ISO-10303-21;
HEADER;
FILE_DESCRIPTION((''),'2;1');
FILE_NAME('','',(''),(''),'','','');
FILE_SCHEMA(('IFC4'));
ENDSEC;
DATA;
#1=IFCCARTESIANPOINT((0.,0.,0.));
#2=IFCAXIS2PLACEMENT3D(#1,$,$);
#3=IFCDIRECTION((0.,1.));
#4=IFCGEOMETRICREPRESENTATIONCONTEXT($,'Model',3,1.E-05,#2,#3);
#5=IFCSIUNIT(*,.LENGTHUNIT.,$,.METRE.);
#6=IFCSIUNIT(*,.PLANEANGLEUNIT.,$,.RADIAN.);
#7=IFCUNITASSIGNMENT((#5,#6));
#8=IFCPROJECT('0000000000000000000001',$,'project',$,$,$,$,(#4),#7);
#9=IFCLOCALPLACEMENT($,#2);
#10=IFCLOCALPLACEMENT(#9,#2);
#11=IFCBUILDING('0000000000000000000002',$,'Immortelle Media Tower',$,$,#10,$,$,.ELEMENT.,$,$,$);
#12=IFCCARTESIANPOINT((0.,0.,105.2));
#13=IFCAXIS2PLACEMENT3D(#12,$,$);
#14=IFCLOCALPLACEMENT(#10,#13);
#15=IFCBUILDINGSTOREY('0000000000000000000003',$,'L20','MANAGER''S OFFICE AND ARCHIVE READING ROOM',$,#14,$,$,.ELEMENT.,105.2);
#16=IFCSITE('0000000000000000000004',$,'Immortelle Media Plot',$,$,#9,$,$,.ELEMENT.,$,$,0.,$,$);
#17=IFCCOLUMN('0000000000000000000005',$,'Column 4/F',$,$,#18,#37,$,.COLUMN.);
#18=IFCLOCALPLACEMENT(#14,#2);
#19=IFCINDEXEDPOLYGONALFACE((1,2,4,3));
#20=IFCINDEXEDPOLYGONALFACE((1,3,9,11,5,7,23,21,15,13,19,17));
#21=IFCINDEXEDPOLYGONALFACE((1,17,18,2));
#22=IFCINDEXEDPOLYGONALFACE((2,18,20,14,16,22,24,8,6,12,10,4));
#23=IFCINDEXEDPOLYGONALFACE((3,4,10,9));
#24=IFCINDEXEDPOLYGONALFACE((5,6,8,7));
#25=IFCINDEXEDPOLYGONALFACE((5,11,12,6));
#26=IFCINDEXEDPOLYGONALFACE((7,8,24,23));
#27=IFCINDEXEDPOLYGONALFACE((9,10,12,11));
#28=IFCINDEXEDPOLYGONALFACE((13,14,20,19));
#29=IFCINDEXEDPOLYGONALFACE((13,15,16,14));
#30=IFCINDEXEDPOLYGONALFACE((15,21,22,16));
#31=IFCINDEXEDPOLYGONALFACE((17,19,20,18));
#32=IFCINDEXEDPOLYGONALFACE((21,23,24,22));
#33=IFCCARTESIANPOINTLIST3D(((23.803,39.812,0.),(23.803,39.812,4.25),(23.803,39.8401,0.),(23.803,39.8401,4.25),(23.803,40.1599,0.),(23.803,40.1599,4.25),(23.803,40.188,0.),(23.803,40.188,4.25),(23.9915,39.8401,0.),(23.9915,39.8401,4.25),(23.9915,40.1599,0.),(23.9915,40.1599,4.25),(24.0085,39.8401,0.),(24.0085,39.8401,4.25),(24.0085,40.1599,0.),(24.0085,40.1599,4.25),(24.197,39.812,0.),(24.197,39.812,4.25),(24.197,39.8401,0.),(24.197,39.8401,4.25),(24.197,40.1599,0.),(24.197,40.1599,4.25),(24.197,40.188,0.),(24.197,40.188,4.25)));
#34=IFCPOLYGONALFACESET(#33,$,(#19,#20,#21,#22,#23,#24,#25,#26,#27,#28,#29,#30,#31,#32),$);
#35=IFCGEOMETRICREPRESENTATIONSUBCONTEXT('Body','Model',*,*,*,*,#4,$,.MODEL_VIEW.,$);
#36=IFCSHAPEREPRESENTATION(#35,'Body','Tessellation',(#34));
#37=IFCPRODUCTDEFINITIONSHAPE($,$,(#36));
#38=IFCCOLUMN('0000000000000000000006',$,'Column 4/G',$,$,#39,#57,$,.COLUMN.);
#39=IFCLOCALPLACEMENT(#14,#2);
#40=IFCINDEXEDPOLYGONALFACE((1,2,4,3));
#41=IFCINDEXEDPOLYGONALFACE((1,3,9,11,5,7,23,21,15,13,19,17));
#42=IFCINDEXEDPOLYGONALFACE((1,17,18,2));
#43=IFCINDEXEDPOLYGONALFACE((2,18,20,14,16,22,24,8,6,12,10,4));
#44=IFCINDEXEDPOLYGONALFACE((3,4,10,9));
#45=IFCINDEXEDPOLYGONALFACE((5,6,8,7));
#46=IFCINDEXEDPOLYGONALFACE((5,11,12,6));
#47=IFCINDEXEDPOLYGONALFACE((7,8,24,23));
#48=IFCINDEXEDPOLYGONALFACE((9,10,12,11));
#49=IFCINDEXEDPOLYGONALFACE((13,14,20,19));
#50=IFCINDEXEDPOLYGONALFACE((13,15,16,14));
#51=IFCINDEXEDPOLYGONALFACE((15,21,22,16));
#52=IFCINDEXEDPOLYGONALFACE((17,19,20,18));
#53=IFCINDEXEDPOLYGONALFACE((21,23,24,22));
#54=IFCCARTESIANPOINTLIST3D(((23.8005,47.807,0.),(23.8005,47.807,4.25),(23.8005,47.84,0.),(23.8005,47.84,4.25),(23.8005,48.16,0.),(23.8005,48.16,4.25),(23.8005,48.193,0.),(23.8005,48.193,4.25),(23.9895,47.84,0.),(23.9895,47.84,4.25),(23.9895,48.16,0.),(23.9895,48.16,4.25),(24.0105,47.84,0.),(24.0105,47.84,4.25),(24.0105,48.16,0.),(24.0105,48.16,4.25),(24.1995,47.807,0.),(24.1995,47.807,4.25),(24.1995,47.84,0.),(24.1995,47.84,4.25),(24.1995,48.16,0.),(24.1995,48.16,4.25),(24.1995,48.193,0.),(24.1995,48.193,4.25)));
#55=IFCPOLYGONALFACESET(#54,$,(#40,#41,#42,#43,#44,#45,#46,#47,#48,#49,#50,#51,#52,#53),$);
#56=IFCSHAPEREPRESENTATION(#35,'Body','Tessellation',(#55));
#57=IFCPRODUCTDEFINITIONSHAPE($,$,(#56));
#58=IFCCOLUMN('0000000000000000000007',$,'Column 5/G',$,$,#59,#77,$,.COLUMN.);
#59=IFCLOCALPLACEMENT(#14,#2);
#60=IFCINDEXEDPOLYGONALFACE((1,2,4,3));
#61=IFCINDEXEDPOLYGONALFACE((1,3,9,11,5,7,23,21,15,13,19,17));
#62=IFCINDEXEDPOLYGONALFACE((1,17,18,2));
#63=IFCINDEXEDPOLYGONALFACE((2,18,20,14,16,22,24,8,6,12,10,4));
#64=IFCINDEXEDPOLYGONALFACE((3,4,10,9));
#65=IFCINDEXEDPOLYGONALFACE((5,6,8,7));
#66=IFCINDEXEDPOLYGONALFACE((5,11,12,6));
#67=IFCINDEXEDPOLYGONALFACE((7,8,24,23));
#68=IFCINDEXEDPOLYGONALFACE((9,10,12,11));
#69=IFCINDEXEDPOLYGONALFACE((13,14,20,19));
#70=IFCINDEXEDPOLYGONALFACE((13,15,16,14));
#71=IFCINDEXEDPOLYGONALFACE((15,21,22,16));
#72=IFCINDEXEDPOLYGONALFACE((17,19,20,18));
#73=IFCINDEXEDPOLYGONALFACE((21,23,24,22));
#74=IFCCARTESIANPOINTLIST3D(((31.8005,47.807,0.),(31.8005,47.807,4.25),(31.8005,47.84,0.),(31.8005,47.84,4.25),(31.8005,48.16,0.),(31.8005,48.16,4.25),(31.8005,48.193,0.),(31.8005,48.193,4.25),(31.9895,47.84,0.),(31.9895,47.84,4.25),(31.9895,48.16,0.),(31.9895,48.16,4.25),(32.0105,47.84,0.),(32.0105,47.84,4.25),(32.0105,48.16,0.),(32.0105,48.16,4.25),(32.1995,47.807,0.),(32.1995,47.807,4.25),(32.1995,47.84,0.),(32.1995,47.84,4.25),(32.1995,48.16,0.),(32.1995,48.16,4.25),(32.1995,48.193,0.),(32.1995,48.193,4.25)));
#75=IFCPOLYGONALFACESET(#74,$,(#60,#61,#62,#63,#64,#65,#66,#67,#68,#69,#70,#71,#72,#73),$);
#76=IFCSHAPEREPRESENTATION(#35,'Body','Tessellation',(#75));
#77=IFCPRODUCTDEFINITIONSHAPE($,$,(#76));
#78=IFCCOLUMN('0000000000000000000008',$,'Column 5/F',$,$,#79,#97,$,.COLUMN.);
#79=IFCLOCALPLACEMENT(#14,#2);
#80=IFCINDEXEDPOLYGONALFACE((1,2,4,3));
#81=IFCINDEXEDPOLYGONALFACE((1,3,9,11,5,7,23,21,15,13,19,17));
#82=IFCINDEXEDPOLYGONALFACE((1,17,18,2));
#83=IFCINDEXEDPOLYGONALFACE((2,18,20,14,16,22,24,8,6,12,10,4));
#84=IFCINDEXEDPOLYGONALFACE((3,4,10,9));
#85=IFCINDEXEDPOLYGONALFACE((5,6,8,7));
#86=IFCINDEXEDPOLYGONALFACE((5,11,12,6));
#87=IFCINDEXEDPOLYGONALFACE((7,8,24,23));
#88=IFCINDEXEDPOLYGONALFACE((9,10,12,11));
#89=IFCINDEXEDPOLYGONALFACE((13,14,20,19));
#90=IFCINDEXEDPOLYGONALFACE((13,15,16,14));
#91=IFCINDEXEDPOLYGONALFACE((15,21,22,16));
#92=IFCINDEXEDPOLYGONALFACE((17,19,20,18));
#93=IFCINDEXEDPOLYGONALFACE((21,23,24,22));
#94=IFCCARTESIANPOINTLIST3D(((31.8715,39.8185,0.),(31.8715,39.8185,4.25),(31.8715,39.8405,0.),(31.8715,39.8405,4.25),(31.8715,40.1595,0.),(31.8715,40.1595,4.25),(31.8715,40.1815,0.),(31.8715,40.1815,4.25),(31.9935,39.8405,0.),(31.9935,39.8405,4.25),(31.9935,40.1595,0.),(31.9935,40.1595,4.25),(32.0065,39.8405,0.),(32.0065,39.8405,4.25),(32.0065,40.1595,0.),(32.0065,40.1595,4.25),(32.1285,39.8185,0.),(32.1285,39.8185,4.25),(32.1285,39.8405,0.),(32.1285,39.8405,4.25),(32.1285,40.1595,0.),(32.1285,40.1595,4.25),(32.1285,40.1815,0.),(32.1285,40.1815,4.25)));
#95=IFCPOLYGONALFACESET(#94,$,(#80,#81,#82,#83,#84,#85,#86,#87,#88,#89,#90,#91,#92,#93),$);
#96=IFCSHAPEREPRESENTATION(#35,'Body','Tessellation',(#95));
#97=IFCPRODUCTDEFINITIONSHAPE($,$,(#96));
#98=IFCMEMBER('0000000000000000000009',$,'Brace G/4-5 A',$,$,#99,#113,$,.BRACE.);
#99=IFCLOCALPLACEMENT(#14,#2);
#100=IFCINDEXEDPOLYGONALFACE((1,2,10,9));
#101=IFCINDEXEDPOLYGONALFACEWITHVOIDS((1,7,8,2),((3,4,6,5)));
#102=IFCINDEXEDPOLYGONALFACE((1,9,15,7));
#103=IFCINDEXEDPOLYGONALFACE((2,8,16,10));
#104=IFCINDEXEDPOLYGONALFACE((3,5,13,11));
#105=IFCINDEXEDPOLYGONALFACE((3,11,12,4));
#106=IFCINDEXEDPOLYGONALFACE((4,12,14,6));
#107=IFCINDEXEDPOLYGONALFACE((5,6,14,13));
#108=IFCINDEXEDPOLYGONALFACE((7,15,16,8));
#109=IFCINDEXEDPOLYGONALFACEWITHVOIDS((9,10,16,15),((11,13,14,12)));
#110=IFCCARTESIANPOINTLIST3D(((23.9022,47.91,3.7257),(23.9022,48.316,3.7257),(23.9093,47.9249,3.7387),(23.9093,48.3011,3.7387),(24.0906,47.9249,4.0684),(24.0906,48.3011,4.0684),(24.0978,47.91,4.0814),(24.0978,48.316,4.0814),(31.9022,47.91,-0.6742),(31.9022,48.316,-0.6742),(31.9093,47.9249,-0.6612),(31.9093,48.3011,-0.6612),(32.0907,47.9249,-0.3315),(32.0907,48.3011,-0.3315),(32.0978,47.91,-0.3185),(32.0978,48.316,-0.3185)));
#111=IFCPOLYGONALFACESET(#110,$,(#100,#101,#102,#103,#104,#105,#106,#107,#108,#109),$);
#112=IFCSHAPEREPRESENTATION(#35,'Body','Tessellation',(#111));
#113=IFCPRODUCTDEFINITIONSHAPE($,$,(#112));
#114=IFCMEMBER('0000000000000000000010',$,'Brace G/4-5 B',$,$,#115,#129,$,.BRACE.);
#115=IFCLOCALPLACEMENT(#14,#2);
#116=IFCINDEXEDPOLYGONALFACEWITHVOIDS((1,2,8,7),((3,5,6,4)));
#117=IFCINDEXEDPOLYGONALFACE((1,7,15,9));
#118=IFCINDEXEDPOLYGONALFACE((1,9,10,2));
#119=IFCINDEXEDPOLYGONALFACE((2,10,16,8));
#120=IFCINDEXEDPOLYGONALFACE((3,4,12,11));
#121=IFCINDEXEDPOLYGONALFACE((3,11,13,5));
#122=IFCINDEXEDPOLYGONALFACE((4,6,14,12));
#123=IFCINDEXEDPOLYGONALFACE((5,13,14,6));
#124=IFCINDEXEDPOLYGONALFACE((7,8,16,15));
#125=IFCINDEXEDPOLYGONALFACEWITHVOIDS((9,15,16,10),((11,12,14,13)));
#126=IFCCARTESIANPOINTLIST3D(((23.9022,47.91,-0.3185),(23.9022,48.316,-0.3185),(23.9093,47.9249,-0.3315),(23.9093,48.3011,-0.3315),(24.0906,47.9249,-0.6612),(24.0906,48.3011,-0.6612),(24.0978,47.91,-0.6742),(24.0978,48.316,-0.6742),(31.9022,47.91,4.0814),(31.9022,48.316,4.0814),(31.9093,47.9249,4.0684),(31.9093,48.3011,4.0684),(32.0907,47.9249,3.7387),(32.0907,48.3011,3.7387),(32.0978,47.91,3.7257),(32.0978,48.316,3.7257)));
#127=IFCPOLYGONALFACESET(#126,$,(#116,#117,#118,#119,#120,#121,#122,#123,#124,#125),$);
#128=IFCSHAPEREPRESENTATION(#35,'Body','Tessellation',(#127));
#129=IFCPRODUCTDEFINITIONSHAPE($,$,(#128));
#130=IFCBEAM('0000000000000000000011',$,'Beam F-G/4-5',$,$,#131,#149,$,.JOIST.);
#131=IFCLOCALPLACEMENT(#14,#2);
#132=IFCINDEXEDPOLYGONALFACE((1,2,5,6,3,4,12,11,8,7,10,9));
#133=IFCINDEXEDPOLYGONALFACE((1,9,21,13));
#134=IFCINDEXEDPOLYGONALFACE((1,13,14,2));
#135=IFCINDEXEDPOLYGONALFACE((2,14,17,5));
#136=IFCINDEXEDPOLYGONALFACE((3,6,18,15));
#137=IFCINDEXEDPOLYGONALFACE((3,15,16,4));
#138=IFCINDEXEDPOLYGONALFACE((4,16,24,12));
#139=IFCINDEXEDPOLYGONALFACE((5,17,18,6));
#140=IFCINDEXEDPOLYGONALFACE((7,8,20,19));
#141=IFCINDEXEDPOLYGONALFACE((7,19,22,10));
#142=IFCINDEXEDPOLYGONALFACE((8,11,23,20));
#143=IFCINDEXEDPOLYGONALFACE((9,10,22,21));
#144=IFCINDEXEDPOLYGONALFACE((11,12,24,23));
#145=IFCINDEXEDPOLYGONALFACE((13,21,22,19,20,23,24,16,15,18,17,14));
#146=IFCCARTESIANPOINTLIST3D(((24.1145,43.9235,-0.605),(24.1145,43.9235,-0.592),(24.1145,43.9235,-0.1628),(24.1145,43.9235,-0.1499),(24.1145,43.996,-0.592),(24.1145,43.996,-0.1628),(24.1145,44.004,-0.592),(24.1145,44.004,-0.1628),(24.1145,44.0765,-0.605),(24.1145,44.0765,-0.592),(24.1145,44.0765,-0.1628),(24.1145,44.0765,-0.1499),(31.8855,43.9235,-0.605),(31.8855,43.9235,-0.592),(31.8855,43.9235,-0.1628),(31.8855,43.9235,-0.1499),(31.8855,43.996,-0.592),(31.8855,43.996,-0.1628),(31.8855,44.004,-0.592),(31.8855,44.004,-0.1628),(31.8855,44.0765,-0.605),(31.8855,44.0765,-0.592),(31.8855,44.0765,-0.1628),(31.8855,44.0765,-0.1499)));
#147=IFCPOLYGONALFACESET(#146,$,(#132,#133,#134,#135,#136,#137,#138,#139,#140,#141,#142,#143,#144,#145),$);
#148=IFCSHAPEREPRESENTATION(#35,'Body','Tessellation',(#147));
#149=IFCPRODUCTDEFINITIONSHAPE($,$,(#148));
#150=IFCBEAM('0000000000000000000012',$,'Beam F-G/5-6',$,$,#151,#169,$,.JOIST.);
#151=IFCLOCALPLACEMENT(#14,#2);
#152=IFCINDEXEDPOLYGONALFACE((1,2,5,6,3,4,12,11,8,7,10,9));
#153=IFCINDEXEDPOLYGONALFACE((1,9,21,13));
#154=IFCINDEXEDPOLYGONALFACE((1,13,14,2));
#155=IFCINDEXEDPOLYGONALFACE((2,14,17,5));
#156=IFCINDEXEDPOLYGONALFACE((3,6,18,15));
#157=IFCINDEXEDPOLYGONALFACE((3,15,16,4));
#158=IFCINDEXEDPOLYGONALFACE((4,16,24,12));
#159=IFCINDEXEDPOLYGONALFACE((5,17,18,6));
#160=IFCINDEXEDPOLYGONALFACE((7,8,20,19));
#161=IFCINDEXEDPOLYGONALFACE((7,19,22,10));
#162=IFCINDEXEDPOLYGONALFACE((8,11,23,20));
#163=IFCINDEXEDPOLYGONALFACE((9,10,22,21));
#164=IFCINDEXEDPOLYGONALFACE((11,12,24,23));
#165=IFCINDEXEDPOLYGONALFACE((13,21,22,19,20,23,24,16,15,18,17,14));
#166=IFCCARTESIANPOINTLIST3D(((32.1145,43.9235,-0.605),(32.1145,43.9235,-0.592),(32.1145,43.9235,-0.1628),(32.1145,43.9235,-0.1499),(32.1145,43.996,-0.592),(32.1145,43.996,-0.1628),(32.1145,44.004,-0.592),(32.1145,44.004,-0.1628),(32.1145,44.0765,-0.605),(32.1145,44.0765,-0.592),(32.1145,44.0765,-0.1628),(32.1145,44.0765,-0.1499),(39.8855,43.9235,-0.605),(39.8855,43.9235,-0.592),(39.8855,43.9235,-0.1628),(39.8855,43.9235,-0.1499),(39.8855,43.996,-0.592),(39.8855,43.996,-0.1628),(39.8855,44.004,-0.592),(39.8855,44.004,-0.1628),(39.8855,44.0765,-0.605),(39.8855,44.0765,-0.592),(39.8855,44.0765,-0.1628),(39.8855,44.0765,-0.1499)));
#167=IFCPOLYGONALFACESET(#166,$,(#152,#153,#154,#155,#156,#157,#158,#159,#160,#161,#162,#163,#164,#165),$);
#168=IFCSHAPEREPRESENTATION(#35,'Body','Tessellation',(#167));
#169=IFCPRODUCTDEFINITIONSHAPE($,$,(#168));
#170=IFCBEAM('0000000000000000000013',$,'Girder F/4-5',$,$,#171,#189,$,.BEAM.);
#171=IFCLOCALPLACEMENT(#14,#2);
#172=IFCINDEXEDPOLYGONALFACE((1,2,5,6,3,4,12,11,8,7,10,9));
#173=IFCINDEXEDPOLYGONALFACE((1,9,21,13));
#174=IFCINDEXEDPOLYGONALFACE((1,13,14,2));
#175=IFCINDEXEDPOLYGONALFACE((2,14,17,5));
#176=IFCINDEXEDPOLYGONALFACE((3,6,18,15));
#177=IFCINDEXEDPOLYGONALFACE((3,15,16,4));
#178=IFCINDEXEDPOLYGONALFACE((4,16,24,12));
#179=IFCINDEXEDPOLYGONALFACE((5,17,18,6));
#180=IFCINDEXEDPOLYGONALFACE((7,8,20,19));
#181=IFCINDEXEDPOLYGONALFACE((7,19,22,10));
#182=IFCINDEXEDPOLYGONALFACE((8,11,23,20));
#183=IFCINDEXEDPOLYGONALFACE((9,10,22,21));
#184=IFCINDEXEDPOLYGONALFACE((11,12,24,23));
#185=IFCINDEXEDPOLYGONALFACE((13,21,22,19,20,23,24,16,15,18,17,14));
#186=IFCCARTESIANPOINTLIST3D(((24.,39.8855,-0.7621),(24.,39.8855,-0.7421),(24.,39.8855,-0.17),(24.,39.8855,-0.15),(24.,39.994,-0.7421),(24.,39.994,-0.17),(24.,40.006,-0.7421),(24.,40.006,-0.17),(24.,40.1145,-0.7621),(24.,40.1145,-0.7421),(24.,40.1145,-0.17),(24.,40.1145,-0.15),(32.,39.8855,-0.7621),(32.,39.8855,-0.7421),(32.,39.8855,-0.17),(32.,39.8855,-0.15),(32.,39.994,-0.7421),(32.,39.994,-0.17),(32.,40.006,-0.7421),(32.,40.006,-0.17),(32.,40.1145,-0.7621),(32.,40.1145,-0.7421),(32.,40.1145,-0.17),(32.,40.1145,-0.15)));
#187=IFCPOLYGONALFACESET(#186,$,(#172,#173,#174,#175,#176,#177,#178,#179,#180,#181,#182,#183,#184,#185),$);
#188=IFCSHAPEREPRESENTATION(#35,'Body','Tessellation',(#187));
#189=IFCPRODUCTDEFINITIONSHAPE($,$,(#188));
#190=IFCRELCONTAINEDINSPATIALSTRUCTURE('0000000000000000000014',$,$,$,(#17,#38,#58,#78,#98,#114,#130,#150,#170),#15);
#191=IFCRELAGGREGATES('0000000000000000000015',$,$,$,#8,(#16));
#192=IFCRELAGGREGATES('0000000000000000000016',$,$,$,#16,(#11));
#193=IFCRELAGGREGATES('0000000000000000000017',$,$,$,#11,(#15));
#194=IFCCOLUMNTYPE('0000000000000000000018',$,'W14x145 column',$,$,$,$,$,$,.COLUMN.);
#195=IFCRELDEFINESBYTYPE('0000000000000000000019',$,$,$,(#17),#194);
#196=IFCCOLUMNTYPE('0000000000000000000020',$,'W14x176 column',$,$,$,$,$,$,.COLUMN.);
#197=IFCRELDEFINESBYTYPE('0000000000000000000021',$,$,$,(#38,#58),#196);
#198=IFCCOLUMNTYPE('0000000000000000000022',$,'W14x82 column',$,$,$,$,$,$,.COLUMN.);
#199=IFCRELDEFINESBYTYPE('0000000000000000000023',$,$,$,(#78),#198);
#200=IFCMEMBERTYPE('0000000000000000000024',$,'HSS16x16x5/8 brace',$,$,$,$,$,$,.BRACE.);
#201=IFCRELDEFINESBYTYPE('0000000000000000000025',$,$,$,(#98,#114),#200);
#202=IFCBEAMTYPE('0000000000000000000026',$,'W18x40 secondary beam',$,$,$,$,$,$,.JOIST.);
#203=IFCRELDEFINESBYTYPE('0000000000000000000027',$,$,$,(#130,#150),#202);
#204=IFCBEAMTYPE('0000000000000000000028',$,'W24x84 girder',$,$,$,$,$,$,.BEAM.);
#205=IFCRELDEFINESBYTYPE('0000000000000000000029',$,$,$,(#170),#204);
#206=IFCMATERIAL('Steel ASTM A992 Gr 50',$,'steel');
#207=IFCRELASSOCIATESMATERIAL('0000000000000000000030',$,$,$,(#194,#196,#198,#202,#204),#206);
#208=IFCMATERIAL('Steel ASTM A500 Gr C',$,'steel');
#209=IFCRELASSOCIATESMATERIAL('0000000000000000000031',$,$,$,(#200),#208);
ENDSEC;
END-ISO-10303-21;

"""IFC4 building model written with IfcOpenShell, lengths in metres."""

from ifc_helpers import new_model, si_unit, direction, frame, origin, origin_2d, place, context, subcontext, project, spatial, hollow_rectangle, i_section, extrude, material, material_profile, profile_set, type_object, element, save


model = new_model("IFC4")

# Units and contexts
model_context = context("Model", 3, precision=1e-05, world=origin(), true_north=direction((0.0, 1.0)))
body_context = subcontext(model_context, "Body", "Model", "MODEL_VIEW")
ifc_project = project(units=[si_unit("LENGTHUNIT", "METRE"), si_unit("PLANEANGLEUNIT", "RADIAN")], contexts=[model_context])

# Site, building, storey
site_placement = place(None, origin())
site = spatial("IfcSite", under=ifc_project, at=site_placement, Name="Immortelle Media Plot", CompositionType="ELEMENT", RefElevation=0.0)
building_placement = place(site_placement, origin())
building = spatial("IfcBuilding", under=site, at=building_placement, Name="Immortelle Media Tower", CompositionType="ELEMENT")
storey_placement = place(building_placement, frame((0.0, 0.0, 105.2)))
storey = spatial("IfcBuildingStorey", under=building, at=storey_placement, Name="L20", Description="MANAGER'S OFFICE AND ARCHIVE READING ROOM", CompositionType="ELEMENT", Elevation=105.2)

# Columns
ifc_material_1 = material(Name="Steel ASTM A992 Gr 50", Category="steel")
ifc_material_profile_1 = material_profile(ifc_material_1, i_section(OverallWidth=0.394, OverallDepth=0.376, WebThickness=0.0171, FlangeThickness=0.0281, at=origin_2d()), Name="W14x145")
ifc_profile_set_1 = profile_set([ifc_material_profile_1], Name="Steel ASTM A992 Gr 50")
column_type_1 = type_object("IfcColumnType", Name="W14x145 column", PredefinedType="COLUMN", material=ifc_profile_set_1)
column_1_placement = place(storey_placement, frame((24.0, 40.0, 0.0), z_axis=(0.0, 0.0, 1.0), x_axis=(1.0, 0.0, 0.0)))
element("IfcColumn", 1, at=column_1_placement, inside=storey, type_object=column_type_1, Name="Column 4/F", PredefinedType="COLUMN", context=body_context, shape_type="SweptSolid", body=[
    extrude(i_section(OverallWidth=0.394, OverallDepth=0.376, WebThickness=0.0171, FlangeThickness=0.0281, at=origin_2d()), origin(), (0.0, 0.0, 1.0), 4.25),
])
ifc_material_profile_2 = material_profile(ifc_material_1, i_section(OverallWidth=0.3989, OverallDepth=0.386, WebThickness=0.021, FlangeThickness=0.033, at=origin_2d()), Name="W14x176")
ifc_profile_set_2 = profile_set([ifc_material_profile_2], Name="Steel ASTM A992 Gr 50")
column_type_2 = type_object("IfcColumnType", Name="W14x176 column", PredefinedType="COLUMN", material=ifc_profile_set_2)
for number, where, z_axis, x_axis, name in (
    (2, (24.0, 48.0, 0.0), (0.0, 0.0, 1.0), (1.0, 0.0, 0.0), "Column 4/G"),
    (3, (32.0, 48.0, 0.0), (0.0, 0.0, 1.0), (1.0, 0.0, 0.0), "Column 5/G"),
):
    element("IfcColumn", number, at=place(storey_placement, frame(where, z_axis=z_axis, x_axis=x_axis)), inside=storey, type_object=column_type_2, Name=name, PredefinedType="COLUMN", context=body_context, shape_type="SweptSolid", body=[
        extrude(i_section(OverallWidth=0.3989, OverallDepth=0.386, WebThickness=0.021, FlangeThickness=0.033, at=origin_2d()), origin(), (0.0, 0.0, 1.0), 4.25),
    ])
ifc_material_profile_3 = material_profile(ifc_material_1, i_section(OverallWidth=0.2571, OverallDepth=0.363, WebThickness=0.0129, FlangeThickness=0.022, at=origin_2d()), Name="W14x82")
ifc_profile_set_3 = profile_set([ifc_material_profile_3], Name="Steel ASTM A992 Gr 50")
column_type_3 = type_object("IfcColumnType", Name="W14x82 column", PredefinedType="COLUMN", material=ifc_profile_set_3)
column_2_placement = place(storey_placement, frame((32.0, 40.0, 0.0), z_axis=(0.0, 0.0, 1.0), x_axis=(1.0, 0.0, 0.0)))
element("IfcColumn", 4, at=column_2_placement, inside=storey, type_object=column_type_3, Name="Column 5/F", PredefinedType="COLUMN", context=body_context, shape_type="SweptSolid", body=[
    extrude(i_section(OverallWidth=0.2571, OverallDepth=0.363, WebThickness=0.0129, FlangeThickness=0.022, at=origin_2d()), origin(), (0.0, 0.0, 1.0), 4.25),
])

# Members
ifc_material_2 = material(Name="Steel ASTM A500 Gr C", Category="steel")
ifc_material_profile_4 = material_profile(ifc_material_2, hollow_rectangle(XDim=0.406, YDim=0.406, WallThickness=0.0149, at=origin_2d()), Name="HSS16x16x5/8 brace")
ifc_profile_set_4 = profile_set([ifc_material_profile_4], Name="Steel ASTM A500 Gr C")
member_type = type_object("IfcMemberType", Name="HSS16x16x5/8 brace", PredefinedType="BRACE", material=ifc_profile_set_4)
for number, where, z_axis, x_axis, name in (
    (5, (32.0, 48.113, -0.4963), (-0.87622, 0.0, 0.481911), (0.0, -1.0, 0.0), "Brace G/4-5 A"),
    (6, (32.0, 48.113, 3.9036), (-0.87622, 0.0, -0.481911), (0.0, -1.0, 0.0), "Brace G/4-5 B"),
):
    element("IfcMember", number, at=place(storey_placement, frame(where, z_axis=z_axis, x_axis=x_axis)), inside=storey, type_object=member_type, Name=name, PredefinedType="BRACE", context=body_context, shape_type="SweptSolid", body=[
        extrude(hollow_rectangle(XDim=0.406, YDim=0.406, WallThickness=0.0149, at=origin_2d()), origin(), (0.0, 0.0, 1.0), 9.1301),
    ])

# Beams
ifc_material_profile_5 = material_profile(ifc_material_1, i_section(OverallWidth=0.1531, OverallDepth=0.4551, WebThickness=0.0081, FlangeThickness=0.0129, at=origin_2d()), Name="W18x40")
ifc_profile_set_5 = profile_set([ifc_material_profile_5], Name="Steel ASTM A992 Gr 50")
beam_type_1 = type_object("IfcBeamType", Name="W18x40 secondary beam", PredefinedType="JOIST", material=ifc_profile_set_5)
for number, where, z_axis, x_axis, name in (
    (7, (24.1145, 44.0, -0.3774), (1.0, 0.0, 0.0), (0.0, 1.0, 0.0), "Beam F-G/4-5"),
    (8, (32.1145, 44.0, -0.3774), (1.0, 0.0, 0.0), (0.0, 1.0, 0.0), "Beam F-G/5-6"),
):
    element("IfcBeam", number, at=place(storey_placement, frame(where, z_axis=z_axis, x_axis=x_axis)), inside=storey, type_object=beam_type_1, Name=name, PredefinedType="JOIST", context=body_context, shape_type="SweptSolid", body=[
        extrude(i_section(OverallWidth=0.1531, OverallDepth=0.4551, WebThickness=0.0081, FlangeThickness=0.0129, at=origin_2d()), origin(), (0.0, 0.0, 1.0), 7.771),
    ])
ifc_material_profile_6 = material_profile(ifc_material_1, i_section(OverallWidth=0.229, OverallDepth=0.6121, WebThickness=0.012, FlangeThickness=0.02, at=origin_2d()), Name="W24x84")
ifc_profile_set_6 = profile_set([ifc_material_profile_6], Name="Steel ASTM A992 Gr 50")
beam_type_2 = type_object("IfcBeamType", Name="W24x84 girder", PredefinedType="BEAM", material=ifc_profile_set_6)
for number, where, z_axis, x_axis, name in (
    (9, (24.0, 40.0, -0.4561), (1.0, 0.0, 0.0), (0.0, 1.0, 0.0), "Girder F/4-5"),
):
    element("IfcBeam", number, at=place(storey_placement, frame(where, z_axis=z_axis, x_axis=x_axis)), inside=storey, type_object=beam_type_2, Name=name, PredefinedType="BEAM", context=body_context, shape_type="SweptSolid", body=[
        extrude(i_section(OverallWidth=0.229, OverallDepth=0.6121, WebThickness=0.012, FlangeThickness=0.02, at=origin_2d()), origin(), (0.0, 0.0, 1.0), 8.0),
    ])

save(model, "model.ifc")
